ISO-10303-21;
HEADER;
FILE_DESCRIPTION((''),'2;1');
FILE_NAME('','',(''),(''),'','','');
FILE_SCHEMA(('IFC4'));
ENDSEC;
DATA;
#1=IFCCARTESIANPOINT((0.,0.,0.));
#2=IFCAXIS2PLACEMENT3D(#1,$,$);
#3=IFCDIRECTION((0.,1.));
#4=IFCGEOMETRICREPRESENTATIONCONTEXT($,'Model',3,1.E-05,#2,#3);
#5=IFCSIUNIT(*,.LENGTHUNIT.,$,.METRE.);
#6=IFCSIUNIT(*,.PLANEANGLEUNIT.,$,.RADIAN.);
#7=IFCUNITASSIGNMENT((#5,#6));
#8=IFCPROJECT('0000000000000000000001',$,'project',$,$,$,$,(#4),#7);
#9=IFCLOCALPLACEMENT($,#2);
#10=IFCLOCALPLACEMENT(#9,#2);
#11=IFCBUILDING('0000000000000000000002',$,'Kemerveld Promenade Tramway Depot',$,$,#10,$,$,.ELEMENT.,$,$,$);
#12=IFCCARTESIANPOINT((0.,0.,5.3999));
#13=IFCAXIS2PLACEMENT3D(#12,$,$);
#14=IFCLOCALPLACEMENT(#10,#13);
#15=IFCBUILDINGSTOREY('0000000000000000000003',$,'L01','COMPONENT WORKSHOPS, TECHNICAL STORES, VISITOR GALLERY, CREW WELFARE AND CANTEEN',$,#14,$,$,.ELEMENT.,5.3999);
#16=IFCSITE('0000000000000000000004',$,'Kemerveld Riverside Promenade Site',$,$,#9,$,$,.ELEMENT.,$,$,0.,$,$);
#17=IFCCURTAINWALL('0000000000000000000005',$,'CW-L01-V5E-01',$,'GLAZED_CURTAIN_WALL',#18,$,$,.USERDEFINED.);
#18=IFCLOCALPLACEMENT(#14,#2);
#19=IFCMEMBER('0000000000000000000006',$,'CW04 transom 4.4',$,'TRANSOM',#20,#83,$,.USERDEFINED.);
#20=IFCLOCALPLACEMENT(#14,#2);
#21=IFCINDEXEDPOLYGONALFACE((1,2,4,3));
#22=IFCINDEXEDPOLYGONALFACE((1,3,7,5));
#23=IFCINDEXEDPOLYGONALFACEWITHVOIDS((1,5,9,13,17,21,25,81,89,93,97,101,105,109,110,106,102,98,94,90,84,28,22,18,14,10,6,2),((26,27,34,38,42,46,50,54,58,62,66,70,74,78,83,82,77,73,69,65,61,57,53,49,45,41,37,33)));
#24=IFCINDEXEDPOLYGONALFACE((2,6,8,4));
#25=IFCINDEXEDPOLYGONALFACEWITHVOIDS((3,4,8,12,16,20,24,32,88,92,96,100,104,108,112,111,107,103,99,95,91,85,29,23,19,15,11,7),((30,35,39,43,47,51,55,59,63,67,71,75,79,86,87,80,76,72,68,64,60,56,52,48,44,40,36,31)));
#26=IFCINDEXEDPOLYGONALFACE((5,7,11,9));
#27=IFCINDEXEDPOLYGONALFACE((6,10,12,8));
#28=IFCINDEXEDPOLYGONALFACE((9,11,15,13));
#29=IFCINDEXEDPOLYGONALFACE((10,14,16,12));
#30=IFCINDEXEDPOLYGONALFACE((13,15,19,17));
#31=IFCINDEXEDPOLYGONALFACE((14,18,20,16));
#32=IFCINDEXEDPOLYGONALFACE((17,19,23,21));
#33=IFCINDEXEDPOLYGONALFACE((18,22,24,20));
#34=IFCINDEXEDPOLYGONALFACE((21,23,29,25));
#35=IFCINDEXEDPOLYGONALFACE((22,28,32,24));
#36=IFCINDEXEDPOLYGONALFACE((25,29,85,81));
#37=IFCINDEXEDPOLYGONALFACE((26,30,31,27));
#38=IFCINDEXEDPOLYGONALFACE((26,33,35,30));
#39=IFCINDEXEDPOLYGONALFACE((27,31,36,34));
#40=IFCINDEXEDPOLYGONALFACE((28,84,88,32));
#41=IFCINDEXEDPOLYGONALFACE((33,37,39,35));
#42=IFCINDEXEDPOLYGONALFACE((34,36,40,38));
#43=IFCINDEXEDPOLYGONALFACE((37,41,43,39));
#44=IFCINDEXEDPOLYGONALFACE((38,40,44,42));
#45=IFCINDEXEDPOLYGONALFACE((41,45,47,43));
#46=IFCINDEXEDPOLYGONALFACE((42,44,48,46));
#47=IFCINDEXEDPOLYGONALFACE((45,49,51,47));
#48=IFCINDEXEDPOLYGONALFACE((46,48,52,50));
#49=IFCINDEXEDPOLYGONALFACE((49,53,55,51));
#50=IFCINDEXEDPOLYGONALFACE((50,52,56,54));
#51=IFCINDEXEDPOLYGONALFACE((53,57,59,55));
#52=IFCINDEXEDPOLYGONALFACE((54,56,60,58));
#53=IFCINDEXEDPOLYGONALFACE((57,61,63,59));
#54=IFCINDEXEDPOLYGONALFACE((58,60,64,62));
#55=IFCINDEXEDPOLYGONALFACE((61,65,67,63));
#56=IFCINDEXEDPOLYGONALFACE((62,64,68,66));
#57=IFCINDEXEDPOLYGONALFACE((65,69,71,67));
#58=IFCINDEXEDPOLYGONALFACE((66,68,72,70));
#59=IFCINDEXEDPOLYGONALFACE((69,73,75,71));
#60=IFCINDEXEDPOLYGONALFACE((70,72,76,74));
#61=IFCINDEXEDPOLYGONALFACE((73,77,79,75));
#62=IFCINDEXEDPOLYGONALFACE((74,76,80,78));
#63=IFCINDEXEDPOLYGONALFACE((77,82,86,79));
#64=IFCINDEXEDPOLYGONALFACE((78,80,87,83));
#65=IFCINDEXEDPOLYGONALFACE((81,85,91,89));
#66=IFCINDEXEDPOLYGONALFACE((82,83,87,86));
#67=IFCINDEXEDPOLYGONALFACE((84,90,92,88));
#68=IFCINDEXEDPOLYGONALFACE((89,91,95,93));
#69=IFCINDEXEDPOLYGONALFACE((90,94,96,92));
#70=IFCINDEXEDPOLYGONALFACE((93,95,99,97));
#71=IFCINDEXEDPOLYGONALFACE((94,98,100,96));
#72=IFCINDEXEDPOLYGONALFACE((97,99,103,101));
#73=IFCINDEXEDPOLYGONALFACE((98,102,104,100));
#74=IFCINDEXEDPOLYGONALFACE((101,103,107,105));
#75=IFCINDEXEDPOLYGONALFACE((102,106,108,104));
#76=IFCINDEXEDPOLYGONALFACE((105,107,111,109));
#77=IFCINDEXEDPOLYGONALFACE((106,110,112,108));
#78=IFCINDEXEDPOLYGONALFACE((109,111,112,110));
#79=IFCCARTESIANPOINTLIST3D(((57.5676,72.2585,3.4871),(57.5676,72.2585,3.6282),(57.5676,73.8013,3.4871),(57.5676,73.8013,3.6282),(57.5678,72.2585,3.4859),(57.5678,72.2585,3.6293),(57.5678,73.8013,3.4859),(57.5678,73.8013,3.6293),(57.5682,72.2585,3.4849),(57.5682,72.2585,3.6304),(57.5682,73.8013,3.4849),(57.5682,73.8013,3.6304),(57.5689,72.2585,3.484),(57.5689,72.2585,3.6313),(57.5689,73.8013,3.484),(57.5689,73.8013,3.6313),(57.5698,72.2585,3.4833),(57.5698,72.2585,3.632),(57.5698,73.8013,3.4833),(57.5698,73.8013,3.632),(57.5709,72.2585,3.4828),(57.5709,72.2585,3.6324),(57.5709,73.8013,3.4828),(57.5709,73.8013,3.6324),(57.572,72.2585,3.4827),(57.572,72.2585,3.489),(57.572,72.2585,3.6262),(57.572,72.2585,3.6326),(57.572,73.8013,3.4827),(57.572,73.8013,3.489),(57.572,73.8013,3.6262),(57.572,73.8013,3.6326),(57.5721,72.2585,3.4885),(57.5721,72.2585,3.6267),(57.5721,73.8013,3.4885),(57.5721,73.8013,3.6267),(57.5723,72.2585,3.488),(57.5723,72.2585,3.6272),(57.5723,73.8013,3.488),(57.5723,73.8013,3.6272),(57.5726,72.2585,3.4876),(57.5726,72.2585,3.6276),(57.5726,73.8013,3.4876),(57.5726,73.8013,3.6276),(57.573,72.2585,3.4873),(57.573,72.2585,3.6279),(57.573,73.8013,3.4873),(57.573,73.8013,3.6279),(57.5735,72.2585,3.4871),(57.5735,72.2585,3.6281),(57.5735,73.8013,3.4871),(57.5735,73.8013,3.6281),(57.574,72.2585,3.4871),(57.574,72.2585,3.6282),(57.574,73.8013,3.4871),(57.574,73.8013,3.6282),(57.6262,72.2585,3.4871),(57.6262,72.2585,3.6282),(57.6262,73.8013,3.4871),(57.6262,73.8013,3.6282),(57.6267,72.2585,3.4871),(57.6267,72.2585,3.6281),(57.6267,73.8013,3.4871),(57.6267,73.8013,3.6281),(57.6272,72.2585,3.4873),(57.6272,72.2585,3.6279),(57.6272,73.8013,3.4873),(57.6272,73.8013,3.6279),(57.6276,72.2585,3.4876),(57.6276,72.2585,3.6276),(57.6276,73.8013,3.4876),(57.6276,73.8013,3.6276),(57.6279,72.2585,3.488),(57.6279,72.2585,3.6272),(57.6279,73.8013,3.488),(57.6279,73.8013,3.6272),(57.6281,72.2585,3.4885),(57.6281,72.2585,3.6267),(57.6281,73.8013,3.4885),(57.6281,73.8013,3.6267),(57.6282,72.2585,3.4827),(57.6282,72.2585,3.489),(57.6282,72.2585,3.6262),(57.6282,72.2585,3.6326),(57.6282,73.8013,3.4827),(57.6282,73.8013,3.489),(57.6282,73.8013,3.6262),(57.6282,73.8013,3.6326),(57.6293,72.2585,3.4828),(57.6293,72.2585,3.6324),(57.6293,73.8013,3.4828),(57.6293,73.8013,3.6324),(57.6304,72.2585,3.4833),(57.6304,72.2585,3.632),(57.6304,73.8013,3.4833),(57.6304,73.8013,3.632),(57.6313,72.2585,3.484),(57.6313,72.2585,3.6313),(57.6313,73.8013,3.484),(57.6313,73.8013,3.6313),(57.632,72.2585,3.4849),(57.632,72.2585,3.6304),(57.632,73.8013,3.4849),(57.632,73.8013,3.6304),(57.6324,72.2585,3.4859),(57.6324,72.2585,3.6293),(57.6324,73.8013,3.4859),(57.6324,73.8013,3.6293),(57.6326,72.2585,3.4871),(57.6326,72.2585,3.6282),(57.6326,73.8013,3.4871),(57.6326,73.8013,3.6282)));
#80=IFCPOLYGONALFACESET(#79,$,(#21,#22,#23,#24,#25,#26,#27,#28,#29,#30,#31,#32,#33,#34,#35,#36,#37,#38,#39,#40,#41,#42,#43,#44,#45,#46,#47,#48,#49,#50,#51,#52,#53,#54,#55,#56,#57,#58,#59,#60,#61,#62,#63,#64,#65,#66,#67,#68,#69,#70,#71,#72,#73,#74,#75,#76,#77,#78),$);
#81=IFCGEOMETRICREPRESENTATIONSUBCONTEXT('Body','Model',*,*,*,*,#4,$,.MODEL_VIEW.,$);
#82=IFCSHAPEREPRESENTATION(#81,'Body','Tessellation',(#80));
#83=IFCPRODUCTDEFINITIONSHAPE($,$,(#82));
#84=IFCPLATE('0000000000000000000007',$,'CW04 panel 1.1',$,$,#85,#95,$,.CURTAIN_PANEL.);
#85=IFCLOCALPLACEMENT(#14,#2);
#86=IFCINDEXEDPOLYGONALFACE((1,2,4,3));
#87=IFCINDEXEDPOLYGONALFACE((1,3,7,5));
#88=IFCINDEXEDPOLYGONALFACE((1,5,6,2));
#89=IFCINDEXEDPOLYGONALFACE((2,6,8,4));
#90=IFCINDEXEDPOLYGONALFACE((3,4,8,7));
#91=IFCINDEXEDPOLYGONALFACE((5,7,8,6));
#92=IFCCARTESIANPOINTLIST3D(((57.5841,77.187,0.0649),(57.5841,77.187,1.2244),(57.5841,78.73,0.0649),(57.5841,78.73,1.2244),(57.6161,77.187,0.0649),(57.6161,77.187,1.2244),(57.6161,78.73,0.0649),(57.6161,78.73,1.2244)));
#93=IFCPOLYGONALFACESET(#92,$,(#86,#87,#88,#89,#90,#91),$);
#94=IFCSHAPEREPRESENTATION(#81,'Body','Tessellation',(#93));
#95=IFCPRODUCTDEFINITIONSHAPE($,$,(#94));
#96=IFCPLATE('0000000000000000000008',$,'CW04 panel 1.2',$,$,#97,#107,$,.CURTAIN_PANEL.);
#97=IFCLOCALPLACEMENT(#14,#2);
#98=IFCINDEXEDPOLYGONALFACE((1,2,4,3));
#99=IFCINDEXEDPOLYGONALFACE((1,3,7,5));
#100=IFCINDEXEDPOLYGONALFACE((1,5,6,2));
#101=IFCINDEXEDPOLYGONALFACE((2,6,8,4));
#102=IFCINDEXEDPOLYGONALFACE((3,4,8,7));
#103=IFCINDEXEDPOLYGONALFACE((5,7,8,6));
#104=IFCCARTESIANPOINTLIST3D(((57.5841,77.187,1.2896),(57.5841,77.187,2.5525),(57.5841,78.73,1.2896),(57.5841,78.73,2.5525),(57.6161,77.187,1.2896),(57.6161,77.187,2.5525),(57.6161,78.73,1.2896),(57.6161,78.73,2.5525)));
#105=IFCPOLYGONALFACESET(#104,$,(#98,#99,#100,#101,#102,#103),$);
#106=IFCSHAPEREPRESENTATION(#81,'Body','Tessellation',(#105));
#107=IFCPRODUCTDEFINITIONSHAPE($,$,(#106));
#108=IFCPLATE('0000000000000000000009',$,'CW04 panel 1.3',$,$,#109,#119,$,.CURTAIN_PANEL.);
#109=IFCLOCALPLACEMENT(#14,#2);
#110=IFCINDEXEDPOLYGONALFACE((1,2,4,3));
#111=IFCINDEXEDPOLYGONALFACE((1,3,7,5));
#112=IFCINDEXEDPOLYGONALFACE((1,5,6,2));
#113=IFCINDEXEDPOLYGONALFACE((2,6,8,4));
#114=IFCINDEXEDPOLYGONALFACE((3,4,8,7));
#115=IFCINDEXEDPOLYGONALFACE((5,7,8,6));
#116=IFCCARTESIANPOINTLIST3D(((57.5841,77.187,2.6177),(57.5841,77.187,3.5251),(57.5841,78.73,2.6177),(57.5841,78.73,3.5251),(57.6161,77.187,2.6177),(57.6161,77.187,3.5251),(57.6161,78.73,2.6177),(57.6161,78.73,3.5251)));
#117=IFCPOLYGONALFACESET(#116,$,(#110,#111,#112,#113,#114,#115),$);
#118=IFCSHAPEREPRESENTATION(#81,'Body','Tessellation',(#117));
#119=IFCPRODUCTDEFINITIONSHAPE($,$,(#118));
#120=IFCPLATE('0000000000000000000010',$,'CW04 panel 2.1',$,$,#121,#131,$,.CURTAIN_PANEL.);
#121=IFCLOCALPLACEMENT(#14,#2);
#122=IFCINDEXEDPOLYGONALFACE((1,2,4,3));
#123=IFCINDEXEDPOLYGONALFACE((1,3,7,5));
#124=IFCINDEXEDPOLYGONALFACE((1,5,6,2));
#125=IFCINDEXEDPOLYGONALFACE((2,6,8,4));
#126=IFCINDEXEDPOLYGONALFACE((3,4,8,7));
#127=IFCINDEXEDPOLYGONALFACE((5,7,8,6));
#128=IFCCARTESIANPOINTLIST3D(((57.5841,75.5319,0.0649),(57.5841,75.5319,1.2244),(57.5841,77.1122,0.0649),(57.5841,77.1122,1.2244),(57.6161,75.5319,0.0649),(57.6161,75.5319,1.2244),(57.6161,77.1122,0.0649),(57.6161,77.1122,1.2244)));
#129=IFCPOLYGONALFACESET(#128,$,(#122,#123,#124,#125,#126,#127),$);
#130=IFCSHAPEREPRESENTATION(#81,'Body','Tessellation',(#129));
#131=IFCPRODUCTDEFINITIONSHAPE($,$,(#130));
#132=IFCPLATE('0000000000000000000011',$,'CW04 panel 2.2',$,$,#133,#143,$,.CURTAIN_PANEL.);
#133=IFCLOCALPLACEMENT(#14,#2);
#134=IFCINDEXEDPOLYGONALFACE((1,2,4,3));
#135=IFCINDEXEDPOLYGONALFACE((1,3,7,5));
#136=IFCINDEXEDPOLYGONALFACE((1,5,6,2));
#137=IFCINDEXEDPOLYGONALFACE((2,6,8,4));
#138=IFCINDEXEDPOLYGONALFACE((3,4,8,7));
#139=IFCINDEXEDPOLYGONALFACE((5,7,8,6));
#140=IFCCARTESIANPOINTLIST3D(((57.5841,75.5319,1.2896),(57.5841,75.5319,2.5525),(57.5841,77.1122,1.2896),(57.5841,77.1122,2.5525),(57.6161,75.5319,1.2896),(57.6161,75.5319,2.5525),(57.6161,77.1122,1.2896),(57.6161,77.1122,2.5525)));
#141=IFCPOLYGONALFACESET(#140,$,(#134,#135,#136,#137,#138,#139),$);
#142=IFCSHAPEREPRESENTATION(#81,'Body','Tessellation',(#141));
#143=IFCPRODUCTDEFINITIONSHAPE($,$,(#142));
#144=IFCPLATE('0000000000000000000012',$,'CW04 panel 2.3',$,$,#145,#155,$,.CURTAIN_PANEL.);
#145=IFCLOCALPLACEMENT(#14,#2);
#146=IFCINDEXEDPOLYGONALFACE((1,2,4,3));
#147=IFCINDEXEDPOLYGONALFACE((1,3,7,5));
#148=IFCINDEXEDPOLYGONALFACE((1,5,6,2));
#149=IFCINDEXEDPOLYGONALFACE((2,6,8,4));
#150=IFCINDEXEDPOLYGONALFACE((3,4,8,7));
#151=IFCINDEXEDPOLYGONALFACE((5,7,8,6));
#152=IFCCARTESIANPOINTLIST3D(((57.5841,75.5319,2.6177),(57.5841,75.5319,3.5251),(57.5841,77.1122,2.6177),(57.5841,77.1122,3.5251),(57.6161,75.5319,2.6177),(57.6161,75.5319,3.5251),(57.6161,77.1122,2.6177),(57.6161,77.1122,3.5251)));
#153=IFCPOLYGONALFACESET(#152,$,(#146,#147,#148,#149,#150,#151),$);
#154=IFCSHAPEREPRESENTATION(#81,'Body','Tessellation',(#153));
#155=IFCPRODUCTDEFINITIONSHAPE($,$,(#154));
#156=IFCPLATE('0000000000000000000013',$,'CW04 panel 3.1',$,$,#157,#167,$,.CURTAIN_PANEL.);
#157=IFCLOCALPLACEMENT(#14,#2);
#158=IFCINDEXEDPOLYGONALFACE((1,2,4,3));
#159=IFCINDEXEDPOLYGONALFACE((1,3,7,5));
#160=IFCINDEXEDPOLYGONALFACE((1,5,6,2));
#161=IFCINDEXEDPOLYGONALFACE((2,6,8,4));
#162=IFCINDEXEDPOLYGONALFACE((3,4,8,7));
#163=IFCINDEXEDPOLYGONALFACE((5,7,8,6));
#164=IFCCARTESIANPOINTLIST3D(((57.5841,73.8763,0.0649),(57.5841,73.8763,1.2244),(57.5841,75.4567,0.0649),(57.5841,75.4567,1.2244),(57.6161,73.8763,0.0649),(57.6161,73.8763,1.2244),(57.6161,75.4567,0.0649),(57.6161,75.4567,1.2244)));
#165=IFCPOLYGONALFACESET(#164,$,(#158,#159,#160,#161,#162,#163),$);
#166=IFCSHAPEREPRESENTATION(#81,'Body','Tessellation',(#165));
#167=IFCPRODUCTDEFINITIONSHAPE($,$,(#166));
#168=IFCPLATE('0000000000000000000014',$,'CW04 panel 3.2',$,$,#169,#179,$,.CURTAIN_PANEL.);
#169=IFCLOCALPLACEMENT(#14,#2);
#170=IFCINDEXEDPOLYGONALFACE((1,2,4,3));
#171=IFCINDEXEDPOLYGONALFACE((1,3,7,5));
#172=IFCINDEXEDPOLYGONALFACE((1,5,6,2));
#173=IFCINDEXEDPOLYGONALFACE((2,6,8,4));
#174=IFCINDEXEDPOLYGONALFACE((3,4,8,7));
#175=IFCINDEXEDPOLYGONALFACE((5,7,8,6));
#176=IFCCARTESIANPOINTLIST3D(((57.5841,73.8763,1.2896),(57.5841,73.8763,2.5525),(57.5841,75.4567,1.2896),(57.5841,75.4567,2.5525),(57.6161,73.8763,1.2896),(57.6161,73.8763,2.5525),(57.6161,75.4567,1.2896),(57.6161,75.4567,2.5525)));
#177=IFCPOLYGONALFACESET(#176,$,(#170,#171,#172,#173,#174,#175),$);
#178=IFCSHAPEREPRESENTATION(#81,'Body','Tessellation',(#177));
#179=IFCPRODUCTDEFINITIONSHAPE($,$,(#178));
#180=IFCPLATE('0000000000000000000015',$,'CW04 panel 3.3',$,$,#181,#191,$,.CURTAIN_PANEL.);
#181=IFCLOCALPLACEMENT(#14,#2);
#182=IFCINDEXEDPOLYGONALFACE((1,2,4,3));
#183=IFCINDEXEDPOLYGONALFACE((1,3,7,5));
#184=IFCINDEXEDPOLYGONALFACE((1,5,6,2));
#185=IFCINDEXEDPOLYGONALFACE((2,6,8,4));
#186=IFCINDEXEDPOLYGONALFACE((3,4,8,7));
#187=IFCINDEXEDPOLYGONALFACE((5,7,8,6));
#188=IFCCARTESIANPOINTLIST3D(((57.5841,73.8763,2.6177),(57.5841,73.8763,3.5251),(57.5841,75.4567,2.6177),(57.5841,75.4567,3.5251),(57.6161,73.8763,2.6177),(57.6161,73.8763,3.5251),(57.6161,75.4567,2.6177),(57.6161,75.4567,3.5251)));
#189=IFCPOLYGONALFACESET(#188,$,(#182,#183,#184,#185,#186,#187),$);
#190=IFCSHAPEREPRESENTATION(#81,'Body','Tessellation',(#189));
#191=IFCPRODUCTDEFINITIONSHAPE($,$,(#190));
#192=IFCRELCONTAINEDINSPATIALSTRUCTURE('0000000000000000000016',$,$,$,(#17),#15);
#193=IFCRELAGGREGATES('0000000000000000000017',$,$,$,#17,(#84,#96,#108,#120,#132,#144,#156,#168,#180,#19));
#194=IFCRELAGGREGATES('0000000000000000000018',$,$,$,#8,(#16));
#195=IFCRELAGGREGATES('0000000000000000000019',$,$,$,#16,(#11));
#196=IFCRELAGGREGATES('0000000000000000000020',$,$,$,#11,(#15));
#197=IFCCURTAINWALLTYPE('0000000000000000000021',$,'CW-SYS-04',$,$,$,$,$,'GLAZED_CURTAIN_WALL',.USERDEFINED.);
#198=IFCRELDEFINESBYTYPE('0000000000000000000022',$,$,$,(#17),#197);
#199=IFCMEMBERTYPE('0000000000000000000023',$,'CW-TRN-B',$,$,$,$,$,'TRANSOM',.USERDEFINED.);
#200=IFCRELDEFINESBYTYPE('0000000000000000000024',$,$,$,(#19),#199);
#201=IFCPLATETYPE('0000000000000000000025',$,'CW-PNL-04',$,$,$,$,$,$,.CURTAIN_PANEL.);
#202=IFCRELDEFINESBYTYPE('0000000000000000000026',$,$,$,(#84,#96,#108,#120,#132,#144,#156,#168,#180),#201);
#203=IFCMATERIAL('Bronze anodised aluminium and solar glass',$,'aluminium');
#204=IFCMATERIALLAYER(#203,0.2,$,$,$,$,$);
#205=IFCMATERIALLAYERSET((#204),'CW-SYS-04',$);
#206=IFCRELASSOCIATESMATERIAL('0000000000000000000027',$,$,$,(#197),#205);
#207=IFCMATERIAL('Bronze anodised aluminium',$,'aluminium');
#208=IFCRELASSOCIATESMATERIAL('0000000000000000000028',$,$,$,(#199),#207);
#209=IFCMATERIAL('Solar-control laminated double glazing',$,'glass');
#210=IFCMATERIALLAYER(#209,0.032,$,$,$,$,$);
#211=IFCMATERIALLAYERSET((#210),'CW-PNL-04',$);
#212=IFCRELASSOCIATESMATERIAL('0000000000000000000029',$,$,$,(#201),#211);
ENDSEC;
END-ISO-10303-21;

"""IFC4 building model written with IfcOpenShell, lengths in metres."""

from ifc_helpers import new_model, si_unit, direction, frame, origin, origin_2d, place, context, subcontext, project, spatial, rectangle, hollow_rectangle, extrude, material, layer, layer_set, material_profile, profile_set, type_object, element, aggregate, save


model = new_model("IFC4")

# Units and contexts
model_context = context("Model", 3, precision=1e-05, world=origin(), true_north=direction((0.0, 1.0)))
body_context = subcontext(model_context, "Body", "Model", "MODEL_VIEW")
ifc_project = project(units=[si_unit("LENGTHUNIT", "METRE"), si_unit("PLANEANGLEUNIT", "RADIAN")], contexts=[model_context])

# Site, building, storey
site_placement = place(None, origin())
site = spatial("IfcSite", under=ifc_project, at=site_placement, Name="Kemerveld Riverside Promenade Site", CompositionType="ELEMENT", RefElevation=0.0)
building_placement = place(site_placement, origin())
building = spatial("IfcBuilding", under=site, at=building_placement, Name="Kemerveld Promenade Tramway Depot", CompositionType="ELEMENT")
storey_placement = place(building_placement, frame((0.0, 0.0, 5.3999)))
storey = spatial("IfcBuildingStorey", under=building, at=storey_placement, Name="L01", Description="COMPONENT WORKSHOPS, TECHNICAL STORES, VISITOR GALLERY, CREW WELFARE AND CANTEEN", CompositionType="ELEMENT", Elevation=5.3999)

# Curtain wall, member, plates
ifc_material_1 = material(Name="Bronze anodised aluminium and solar glass", Category="aluminium")
ifc_layer_1 = layer(ifc_material_1, 0.2)
ifc_layer_set_1 = layer_set([ifc_layer_1], Name="CW-SYS-04")
curtain_wall_type = type_object("IfcCurtainWallType", Name="CW-SYS-04", ElementType="GLAZED_CURTAIN_WALL", PredefinedType="USERDEFINED", material=ifc_layer_set_1)
curtain_wall_placement = place(storey_placement, origin())
curtain_wall = element("IfcCurtainWall", 1, at=curtain_wall_placement, inside=storey, type_object=curtain_wall_type, Name="CW-L01-V5E-01", ObjectType="GLAZED_CURTAIN_WALL", PredefinedType="USERDEFINED")
ifc_material_2 = material(Name="Bronze anodised aluminium", Category="aluminium")
ifc_material_profile_1 = material_profile(ifc_material_2, hollow_rectangle(XDim=0.0649, YDim=0.1499, WallThickness=0.0044, InnerFilletRadius=0.002, OuterFilletRadius=0.0044, at=origin_2d()), Name="CW-TRN-150x65")
ifc_profile_set_1 = profile_set([ifc_material_profile_1], Name="Bronze anodised aluminium")
member_type_1 = type_object("IfcMemberType", Name="CW-TRN-B", ElementType="TRANSOM", PredefinedType="USERDEFINED", material=ifc_profile_set_1)
member_1_placement = place(storey_placement, frame((57.6001, 73.8013, 3.5576), z_axis=(0.0, -1.0, 0.0), x_axis=(1.0, 0.0, 0.0)))
member_1 = element("IfcMember", 2, at=member_1_placement, type_object=member_type_1, Name="CW04 transom 4.4", ObjectType="TRANSOM", PredefinedType="USERDEFINED", context=body_context, shape_type="SweptSolid", body=[
    extrude(hollow_rectangle(XDim=0.0649, YDim=0.1499, WallThickness=0.0044, InnerFilletRadius=0.002, OuterFilletRadius=0.0044, at=origin_2d()), origin(), (0.0, 0.0, 1.0), 1.5427),
])
ifc_material_3 = material(Name="Solar-control laminated double glazing", Category="glass")
ifc_layer_2 = layer(ifc_material_3, 0.032)
ifc_layer_set_2 = layer_set([ifc_layer_2], Name="CW-PNL-04")
plate_type = type_object("IfcPlateType", Name="CW-PNL-04", PredefinedType="CURTAIN_PANEL", material=ifc_layer_set_2)
plate_1_placement = place(storey_placement, frame((57.6001, 77.9585, 0.0649), z_axis=(0.0, 0.0, 1.0), x_axis=(0.0, -1.0, 0.0)))
plate_1 = element("IfcPlate", 3, at=plate_1_placement, type_object=plate_type, Name="CW04 panel 1.1", PredefinedType="CURTAIN_PANEL", context=body_context, shape_type="SweptSolid", body=[
    extrude(rectangle(XDim=1.543, YDim=0.032, at=origin_2d()), origin(), (0.0, 0.0, 1.0), 1.1594),
])
plate_2_placement = place(storey_placement, frame((57.6001, 77.9585, 1.2896), z_axis=(0.0, 0.0, 1.0), x_axis=(0.0, -1.0, 0.0)))
plate_2 = element("IfcPlate", 4, at=plate_2_placement, type_object=plate_type, Name="CW04 panel 1.2", PredefinedType="CURTAIN_PANEL", context=body_context, shape_type="SweptSolid", body=[
    extrude(rectangle(XDim=1.543, YDim=0.032, at=origin_2d()), origin(), (0.0, 0.0, 1.0), 1.2629),
])
plate_3_placement = place(storey_placement, frame((57.6001, 77.9585, 2.6177), z_axis=(0.0, 0.0, 1.0), x_axis=(0.0, -1.0, 0.0)))
plate_3 = element("IfcPlate", 5, at=plate_3_placement, type_object=plate_type, Name="CW04 panel 1.3", PredefinedType="CURTAIN_PANEL", context=body_context, shape_type="SweptSolid", body=[
    extrude(rectangle(XDim=1.543, YDim=0.032, at=origin_2d()), origin(), (0.0, 0.0, 1.0), 0.9075),
])
plate_4_placement = place(storey_placement, frame((57.6001, 76.322, 0.0649), z_axis=(0.0, 0.0, 1.0), x_axis=(0.0, -1.0, 0.0)))
plate_4 = element("IfcPlate", 6, at=plate_4_placement, type_object=plate_type, Name="CW04 panel 2.1", PredefinedType="CURTAIN_PANEL", context=body_context, shape_type="SweptSolid", body=[
    extrude(rectangle(XDim=1.5803, YDim=0.032, at=origin_2d()), origin(), (0.0, 0.0, 1.0), 1.1594),
])
plate_5_placement = place(storey_placement, frame((57.6001, 76.322, 1.2896), z_axis=(0.0, 0.0, 1.0), x_axis=(0.0, -1.0, 0.0)))
plate_5 = element("IfcPlate", 7, at=plate_5_placement, type_object=plate_type, Name="CW04 panel 2.2", PredefinedType="CURTAIN_PANEL", context=body_context, shape_type="SweptSolid", body=[
    extrude(rectangle(XDim=1.5803, YDim=0.032, at=origin_2d()), origin(), (0.0, 0.0, 1.0), 1.2629),
])
plate_6_placement = place(storey_placement, frame((57.6001, 76.322, 2.6177), z_axis=(0.0, 0.0, 1.0), x_axis=(0.0, -1.0, 0.0)))
plate_6 = element("IfcPlate", 8, at=plate_6_placement, type_object=plate_type, Name="CW04 panel 2.3", PredefinedType="CURTAIN_PANEL", context=body_context, shape_type="SweptSolid", body=[
    extrude(rectangle(XDim=1.5803, YDim=0.032, at=origin_2d()), origin(), (0.0, 0.0, 1.0), 0.9075),
])
plate_7_placement = place(storey_placement, frame((57.6001, 74.6665, 0.0649), z_axis=(0.0, 0.0, 1.0), x_axis=(0.0, -1.0, 0.0)))
plate_7 = element("IfcPlate", 9, at=plate_7_placement, type_object=plate_type, Name="CW04 panel 3.1", PredefinedType="CURTAIN_PANEL", context=body_context, shape_type="SweptSolid", body=[
    extrude(rectangle(XDim=1.5803, YDim=0.032, at=origin_2d()), origin(), (0.0, 0.0, 1.0), 1.1594),
])
plate_8_placement = place(storey_placement, frame((57.6001, 74.6665, 1.2896), z_axis=(0.0, 0.0, 1.0), x_axis=(0.0, -1.0, 0.0)))
plate_8 = element("IfcPlate", 10, at=plate_8_placement, type_object=plate_type, Name="CW04 panel 3.2", PredefinedType="CURTAIN_PANEL", context=body_context, shape_type="SweptSolid", body=[
    extrude(rectangle(XDim=1.5803, YDim=0.032, at=origin_2d()), origin(), (0.0, 0.0, 1.0), 1.2629),
])
plate_9_placement = place(storey_placement, frame((57.6001, 74.6665, 2.6177), z_axis=(0.0, 0.0, 1.0), x_axis=(0.0, -1.0, 0.0)))
plate_9 = element("IfcPlate", 11, at=plate_9_placement, type_object=plate_type, Name="CW04 panel 3.3", PredefinedType="CURTAIN_PANEL", context=body_context, shape_type="SweptSolid", body=[
    extrude(rectangle(XDim=1.5803, YDim=0.032, at=origin_2d()), origin(), (0.0, 0.0, 1.0), 0.9075),
])
aggregate(curtain_wall, [plate_1, plate_2, plate_3, plate_4, plate_5, plate_6, plate_7, plate_8, plate_9, member_1])

save(model, "model.ifc")
